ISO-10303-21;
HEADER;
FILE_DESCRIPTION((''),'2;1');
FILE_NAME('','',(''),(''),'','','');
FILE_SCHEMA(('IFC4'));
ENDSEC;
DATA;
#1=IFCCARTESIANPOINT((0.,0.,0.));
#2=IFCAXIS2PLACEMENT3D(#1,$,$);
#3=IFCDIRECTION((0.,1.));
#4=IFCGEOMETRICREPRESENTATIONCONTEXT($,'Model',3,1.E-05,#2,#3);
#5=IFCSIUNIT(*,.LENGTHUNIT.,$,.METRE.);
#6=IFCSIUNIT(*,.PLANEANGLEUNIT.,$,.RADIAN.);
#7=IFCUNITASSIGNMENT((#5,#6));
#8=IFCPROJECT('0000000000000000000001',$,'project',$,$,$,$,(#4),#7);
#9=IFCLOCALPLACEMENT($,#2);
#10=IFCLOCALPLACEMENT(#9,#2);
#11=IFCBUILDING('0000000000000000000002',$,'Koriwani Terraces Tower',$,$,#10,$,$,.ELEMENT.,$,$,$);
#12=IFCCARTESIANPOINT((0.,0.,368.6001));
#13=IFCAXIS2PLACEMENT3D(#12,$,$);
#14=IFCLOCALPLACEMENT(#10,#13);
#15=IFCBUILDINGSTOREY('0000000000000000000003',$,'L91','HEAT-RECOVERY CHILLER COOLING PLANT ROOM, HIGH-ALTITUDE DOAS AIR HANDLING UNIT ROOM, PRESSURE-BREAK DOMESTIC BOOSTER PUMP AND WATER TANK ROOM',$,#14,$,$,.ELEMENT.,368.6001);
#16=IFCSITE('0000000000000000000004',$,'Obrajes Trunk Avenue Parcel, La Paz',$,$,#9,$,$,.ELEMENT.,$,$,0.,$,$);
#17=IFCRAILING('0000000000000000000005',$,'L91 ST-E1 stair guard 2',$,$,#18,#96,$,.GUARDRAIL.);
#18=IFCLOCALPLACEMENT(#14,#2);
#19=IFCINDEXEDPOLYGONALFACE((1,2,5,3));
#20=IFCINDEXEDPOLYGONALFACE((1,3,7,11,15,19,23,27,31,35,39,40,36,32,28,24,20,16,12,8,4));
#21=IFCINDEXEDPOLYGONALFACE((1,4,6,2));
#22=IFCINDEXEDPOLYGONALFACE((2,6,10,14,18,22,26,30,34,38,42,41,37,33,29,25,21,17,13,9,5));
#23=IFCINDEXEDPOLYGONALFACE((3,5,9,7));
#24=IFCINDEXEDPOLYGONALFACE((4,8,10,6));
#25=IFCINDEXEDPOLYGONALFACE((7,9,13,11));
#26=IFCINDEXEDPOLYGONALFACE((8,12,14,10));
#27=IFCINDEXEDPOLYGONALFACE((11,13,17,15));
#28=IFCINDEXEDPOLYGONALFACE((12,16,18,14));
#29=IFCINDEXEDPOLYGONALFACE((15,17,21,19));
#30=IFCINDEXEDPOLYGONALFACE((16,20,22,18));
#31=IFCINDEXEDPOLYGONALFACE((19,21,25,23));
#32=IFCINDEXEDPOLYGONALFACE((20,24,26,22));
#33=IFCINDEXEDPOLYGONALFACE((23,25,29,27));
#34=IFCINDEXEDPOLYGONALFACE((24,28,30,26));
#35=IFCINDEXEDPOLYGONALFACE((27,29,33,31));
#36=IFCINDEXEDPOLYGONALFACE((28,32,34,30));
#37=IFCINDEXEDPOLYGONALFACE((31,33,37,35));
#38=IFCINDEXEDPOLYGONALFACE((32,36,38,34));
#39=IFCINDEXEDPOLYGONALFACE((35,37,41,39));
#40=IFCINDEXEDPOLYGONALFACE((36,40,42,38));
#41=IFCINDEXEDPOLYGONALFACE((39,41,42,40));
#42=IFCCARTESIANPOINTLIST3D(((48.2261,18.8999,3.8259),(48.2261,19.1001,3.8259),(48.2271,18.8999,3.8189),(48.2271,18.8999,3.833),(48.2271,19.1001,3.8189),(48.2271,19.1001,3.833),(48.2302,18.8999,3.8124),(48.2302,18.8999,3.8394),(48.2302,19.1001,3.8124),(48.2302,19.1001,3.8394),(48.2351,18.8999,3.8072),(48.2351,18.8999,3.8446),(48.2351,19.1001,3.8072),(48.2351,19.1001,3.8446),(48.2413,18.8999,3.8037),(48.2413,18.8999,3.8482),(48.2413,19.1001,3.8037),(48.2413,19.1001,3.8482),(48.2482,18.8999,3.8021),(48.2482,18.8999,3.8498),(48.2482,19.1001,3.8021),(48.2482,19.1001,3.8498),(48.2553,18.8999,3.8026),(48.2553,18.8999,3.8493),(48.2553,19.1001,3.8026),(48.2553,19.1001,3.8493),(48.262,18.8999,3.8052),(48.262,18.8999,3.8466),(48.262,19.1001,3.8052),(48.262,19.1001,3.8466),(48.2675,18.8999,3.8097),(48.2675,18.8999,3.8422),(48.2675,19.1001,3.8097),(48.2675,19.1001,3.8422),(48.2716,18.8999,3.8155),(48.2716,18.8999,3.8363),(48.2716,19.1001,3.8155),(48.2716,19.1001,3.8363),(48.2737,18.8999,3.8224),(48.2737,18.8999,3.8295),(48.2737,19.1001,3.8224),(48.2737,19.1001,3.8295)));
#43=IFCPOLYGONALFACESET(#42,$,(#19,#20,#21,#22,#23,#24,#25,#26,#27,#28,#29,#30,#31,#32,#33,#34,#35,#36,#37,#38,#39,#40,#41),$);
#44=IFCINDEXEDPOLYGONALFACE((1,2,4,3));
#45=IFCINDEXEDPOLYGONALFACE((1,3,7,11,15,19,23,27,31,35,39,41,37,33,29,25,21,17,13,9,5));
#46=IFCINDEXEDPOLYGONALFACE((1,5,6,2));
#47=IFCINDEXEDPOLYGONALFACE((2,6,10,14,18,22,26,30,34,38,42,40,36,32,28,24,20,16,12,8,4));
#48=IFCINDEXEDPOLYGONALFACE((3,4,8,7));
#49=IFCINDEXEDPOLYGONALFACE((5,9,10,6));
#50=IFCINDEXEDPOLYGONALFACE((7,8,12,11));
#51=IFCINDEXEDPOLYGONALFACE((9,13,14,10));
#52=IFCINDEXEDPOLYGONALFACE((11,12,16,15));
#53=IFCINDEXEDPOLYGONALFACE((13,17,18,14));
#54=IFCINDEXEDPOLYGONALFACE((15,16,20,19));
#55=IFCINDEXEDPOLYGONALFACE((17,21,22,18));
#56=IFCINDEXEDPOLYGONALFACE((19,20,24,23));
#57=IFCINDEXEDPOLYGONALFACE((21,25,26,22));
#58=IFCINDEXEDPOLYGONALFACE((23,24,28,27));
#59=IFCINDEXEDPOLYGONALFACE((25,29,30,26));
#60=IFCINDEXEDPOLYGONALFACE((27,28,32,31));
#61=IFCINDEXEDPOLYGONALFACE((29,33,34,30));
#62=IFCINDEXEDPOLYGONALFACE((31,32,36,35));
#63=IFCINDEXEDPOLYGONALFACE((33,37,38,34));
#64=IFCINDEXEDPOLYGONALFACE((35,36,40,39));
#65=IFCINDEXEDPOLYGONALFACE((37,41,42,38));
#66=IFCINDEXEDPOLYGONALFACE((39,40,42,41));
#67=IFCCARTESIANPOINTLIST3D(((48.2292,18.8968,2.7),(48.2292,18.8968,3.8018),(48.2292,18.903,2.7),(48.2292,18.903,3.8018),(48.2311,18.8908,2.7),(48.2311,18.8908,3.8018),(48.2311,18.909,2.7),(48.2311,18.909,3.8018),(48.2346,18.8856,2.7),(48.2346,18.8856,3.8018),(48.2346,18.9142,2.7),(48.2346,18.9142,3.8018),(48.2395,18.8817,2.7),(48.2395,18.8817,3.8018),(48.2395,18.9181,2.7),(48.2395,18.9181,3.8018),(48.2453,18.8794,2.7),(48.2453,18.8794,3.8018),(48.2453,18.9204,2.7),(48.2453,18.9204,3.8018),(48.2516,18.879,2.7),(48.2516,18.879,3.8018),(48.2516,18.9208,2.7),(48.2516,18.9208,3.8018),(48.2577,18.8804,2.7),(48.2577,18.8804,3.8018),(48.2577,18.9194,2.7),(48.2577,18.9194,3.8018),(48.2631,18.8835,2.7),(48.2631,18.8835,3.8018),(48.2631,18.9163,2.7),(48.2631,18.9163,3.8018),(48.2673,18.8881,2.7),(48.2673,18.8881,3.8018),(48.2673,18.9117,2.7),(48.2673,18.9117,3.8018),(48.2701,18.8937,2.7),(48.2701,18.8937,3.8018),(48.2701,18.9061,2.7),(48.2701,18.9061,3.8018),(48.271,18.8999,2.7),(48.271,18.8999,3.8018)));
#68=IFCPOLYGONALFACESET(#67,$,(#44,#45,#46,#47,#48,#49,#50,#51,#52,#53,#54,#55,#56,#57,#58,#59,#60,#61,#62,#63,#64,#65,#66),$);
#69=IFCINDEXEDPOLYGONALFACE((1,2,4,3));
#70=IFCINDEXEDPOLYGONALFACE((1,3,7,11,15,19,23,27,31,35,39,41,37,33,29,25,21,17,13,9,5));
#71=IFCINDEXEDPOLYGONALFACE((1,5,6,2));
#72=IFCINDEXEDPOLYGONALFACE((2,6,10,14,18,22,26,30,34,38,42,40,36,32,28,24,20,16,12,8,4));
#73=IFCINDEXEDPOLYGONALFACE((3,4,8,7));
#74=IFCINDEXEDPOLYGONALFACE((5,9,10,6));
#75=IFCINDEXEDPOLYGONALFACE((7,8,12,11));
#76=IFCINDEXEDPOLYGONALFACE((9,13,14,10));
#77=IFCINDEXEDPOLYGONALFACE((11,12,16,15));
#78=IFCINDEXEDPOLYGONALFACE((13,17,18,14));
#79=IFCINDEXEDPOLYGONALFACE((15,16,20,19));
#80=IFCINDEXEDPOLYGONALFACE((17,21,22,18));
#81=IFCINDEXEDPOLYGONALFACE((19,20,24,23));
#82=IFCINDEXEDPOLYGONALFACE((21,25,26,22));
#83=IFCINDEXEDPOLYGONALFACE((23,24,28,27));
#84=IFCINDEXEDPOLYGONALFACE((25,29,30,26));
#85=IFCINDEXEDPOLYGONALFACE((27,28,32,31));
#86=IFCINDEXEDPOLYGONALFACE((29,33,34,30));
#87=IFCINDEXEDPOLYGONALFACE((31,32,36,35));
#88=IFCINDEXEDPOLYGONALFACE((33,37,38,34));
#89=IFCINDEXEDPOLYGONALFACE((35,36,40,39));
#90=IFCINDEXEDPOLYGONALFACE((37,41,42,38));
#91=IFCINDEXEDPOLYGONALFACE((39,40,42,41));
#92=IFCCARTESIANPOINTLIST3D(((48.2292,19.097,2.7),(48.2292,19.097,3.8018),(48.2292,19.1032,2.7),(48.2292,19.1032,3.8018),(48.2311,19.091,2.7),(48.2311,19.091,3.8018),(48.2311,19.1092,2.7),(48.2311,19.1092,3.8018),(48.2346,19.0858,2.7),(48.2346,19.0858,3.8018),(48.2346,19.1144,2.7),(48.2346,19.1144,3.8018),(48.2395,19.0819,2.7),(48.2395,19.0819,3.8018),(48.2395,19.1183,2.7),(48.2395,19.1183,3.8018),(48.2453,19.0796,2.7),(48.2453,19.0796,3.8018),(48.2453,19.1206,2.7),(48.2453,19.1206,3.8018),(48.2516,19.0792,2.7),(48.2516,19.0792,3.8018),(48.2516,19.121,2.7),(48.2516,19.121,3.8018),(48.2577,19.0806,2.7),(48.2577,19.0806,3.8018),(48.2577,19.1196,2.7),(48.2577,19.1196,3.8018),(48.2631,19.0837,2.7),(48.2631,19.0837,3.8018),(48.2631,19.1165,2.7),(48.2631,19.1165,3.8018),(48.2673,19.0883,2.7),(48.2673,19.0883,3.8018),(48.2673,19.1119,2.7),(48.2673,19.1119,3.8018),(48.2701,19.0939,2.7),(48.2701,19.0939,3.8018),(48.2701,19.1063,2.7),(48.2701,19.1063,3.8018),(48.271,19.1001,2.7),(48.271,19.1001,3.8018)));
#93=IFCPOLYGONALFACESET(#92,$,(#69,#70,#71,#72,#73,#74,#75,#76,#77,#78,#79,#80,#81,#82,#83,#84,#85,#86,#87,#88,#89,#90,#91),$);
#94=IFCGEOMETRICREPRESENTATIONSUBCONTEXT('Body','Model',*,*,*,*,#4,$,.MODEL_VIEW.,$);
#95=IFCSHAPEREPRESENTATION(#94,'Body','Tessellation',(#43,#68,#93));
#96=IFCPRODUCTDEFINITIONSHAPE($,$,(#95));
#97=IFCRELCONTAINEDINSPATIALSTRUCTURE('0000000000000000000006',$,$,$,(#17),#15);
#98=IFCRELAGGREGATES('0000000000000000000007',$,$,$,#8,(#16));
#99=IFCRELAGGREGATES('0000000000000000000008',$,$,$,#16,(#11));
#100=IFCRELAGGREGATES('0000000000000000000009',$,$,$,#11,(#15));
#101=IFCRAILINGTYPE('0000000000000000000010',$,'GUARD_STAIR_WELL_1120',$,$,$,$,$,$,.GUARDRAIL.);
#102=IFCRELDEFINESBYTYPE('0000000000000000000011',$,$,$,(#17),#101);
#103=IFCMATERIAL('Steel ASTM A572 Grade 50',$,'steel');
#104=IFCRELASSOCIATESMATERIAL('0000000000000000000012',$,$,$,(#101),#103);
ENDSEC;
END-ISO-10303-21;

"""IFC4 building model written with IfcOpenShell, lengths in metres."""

from ifc_helpers import new_model, si_unit, direction, frame, origin, origin_2d, place, context, subcontext, project, spatial, circle, extrude, material, type_object, element, save


model = new_model("IFC4")

# Units and contexts
model_context = context("Model", 3, precision=1e-05, world=origin(), true_north=direction((0.0, 1.0)))
body_context = subcontext(model_context, "Body", "Model", "MODEL_VIEW")
ifc_project = project(units=[si_unit("LENGTHUNIT", "METRE"), si_unit("PLANEANGLEUNIT", "RADIAN")], contexts=[model_context])

# Site, building, storey
site_placement = place(None, origin())
site = spatial("IfcSite", under=ifc_project, at=site_placement, Name="Obrajes Trunk Avenue Parcel, La Paz", CompositionType="ELEMENT", RefElevation=0.0)
building_placement = place(site_placement, origin())
building = spatial("IfcBuilding", under=site, at=building_placement, Name="Koriwani Terraces Tower", CompositionType="ELEMENT")
storey_placement = place(building_placement, frame((0.0, 0.0, 368.6001)))
storey = spatial("IfcBuildingStorey", under=building, at=storey_placement, Name="L91", Description="HEAT-RECOVERY CHILLER COOLING PLANT ROOM, HIGH-ALTITUDE DOAS AIR HANDLING UNIT ROOM, PRESSURE-BREAK DOMESTIC BOOSTER PUMP AND WATER TANK ROOM", CompositionType="ELEMENT", Elevation=368.6001)

# Shared definitions
ifc_material_1 = material(Name="Steel ASTM A572 Grade 50", Category="steel")

# Railing
railing_type_1 = type_object("IfcRailingType", Name="GUARD_STAIR_WELL_1120", PredefinedType="GUARDRAIL", material=ifc_material_1)
railing_1_placement = place(storey_placement, frame((48.25, 18.8999, 2.7)))
element("IfcRailing", 1, at=railing_1_placement, inside=storey, type_object=railing_type_1, Name="L91 ST-E1 stair guard 2", PredefinedType="GUARDRAIL", context=body_context, shape_type="SweptSolid", body=[
    extrude(circle(Radius=0.0239, at=origin_2d()), frame((0.0, 0.0, 1.126), z_axis=(0.0, 1.0, 0.0), x_axis=(-1.0, 0.0, 0.0)), (0.0, 0.0, 1.0), 0.2002),
    extrude(circle(Radius=0.021, at=origin_2d()), origin(), (0.0, 0.0, 1.0), 1.1018),
    extrude(circle(Radius=0.021, at=origin_2d()), frame((0.0, 0.2002, 0.0)), (0.0, 0.0, 1.0), 1.1018),
])

save(model, "model.ifc")
